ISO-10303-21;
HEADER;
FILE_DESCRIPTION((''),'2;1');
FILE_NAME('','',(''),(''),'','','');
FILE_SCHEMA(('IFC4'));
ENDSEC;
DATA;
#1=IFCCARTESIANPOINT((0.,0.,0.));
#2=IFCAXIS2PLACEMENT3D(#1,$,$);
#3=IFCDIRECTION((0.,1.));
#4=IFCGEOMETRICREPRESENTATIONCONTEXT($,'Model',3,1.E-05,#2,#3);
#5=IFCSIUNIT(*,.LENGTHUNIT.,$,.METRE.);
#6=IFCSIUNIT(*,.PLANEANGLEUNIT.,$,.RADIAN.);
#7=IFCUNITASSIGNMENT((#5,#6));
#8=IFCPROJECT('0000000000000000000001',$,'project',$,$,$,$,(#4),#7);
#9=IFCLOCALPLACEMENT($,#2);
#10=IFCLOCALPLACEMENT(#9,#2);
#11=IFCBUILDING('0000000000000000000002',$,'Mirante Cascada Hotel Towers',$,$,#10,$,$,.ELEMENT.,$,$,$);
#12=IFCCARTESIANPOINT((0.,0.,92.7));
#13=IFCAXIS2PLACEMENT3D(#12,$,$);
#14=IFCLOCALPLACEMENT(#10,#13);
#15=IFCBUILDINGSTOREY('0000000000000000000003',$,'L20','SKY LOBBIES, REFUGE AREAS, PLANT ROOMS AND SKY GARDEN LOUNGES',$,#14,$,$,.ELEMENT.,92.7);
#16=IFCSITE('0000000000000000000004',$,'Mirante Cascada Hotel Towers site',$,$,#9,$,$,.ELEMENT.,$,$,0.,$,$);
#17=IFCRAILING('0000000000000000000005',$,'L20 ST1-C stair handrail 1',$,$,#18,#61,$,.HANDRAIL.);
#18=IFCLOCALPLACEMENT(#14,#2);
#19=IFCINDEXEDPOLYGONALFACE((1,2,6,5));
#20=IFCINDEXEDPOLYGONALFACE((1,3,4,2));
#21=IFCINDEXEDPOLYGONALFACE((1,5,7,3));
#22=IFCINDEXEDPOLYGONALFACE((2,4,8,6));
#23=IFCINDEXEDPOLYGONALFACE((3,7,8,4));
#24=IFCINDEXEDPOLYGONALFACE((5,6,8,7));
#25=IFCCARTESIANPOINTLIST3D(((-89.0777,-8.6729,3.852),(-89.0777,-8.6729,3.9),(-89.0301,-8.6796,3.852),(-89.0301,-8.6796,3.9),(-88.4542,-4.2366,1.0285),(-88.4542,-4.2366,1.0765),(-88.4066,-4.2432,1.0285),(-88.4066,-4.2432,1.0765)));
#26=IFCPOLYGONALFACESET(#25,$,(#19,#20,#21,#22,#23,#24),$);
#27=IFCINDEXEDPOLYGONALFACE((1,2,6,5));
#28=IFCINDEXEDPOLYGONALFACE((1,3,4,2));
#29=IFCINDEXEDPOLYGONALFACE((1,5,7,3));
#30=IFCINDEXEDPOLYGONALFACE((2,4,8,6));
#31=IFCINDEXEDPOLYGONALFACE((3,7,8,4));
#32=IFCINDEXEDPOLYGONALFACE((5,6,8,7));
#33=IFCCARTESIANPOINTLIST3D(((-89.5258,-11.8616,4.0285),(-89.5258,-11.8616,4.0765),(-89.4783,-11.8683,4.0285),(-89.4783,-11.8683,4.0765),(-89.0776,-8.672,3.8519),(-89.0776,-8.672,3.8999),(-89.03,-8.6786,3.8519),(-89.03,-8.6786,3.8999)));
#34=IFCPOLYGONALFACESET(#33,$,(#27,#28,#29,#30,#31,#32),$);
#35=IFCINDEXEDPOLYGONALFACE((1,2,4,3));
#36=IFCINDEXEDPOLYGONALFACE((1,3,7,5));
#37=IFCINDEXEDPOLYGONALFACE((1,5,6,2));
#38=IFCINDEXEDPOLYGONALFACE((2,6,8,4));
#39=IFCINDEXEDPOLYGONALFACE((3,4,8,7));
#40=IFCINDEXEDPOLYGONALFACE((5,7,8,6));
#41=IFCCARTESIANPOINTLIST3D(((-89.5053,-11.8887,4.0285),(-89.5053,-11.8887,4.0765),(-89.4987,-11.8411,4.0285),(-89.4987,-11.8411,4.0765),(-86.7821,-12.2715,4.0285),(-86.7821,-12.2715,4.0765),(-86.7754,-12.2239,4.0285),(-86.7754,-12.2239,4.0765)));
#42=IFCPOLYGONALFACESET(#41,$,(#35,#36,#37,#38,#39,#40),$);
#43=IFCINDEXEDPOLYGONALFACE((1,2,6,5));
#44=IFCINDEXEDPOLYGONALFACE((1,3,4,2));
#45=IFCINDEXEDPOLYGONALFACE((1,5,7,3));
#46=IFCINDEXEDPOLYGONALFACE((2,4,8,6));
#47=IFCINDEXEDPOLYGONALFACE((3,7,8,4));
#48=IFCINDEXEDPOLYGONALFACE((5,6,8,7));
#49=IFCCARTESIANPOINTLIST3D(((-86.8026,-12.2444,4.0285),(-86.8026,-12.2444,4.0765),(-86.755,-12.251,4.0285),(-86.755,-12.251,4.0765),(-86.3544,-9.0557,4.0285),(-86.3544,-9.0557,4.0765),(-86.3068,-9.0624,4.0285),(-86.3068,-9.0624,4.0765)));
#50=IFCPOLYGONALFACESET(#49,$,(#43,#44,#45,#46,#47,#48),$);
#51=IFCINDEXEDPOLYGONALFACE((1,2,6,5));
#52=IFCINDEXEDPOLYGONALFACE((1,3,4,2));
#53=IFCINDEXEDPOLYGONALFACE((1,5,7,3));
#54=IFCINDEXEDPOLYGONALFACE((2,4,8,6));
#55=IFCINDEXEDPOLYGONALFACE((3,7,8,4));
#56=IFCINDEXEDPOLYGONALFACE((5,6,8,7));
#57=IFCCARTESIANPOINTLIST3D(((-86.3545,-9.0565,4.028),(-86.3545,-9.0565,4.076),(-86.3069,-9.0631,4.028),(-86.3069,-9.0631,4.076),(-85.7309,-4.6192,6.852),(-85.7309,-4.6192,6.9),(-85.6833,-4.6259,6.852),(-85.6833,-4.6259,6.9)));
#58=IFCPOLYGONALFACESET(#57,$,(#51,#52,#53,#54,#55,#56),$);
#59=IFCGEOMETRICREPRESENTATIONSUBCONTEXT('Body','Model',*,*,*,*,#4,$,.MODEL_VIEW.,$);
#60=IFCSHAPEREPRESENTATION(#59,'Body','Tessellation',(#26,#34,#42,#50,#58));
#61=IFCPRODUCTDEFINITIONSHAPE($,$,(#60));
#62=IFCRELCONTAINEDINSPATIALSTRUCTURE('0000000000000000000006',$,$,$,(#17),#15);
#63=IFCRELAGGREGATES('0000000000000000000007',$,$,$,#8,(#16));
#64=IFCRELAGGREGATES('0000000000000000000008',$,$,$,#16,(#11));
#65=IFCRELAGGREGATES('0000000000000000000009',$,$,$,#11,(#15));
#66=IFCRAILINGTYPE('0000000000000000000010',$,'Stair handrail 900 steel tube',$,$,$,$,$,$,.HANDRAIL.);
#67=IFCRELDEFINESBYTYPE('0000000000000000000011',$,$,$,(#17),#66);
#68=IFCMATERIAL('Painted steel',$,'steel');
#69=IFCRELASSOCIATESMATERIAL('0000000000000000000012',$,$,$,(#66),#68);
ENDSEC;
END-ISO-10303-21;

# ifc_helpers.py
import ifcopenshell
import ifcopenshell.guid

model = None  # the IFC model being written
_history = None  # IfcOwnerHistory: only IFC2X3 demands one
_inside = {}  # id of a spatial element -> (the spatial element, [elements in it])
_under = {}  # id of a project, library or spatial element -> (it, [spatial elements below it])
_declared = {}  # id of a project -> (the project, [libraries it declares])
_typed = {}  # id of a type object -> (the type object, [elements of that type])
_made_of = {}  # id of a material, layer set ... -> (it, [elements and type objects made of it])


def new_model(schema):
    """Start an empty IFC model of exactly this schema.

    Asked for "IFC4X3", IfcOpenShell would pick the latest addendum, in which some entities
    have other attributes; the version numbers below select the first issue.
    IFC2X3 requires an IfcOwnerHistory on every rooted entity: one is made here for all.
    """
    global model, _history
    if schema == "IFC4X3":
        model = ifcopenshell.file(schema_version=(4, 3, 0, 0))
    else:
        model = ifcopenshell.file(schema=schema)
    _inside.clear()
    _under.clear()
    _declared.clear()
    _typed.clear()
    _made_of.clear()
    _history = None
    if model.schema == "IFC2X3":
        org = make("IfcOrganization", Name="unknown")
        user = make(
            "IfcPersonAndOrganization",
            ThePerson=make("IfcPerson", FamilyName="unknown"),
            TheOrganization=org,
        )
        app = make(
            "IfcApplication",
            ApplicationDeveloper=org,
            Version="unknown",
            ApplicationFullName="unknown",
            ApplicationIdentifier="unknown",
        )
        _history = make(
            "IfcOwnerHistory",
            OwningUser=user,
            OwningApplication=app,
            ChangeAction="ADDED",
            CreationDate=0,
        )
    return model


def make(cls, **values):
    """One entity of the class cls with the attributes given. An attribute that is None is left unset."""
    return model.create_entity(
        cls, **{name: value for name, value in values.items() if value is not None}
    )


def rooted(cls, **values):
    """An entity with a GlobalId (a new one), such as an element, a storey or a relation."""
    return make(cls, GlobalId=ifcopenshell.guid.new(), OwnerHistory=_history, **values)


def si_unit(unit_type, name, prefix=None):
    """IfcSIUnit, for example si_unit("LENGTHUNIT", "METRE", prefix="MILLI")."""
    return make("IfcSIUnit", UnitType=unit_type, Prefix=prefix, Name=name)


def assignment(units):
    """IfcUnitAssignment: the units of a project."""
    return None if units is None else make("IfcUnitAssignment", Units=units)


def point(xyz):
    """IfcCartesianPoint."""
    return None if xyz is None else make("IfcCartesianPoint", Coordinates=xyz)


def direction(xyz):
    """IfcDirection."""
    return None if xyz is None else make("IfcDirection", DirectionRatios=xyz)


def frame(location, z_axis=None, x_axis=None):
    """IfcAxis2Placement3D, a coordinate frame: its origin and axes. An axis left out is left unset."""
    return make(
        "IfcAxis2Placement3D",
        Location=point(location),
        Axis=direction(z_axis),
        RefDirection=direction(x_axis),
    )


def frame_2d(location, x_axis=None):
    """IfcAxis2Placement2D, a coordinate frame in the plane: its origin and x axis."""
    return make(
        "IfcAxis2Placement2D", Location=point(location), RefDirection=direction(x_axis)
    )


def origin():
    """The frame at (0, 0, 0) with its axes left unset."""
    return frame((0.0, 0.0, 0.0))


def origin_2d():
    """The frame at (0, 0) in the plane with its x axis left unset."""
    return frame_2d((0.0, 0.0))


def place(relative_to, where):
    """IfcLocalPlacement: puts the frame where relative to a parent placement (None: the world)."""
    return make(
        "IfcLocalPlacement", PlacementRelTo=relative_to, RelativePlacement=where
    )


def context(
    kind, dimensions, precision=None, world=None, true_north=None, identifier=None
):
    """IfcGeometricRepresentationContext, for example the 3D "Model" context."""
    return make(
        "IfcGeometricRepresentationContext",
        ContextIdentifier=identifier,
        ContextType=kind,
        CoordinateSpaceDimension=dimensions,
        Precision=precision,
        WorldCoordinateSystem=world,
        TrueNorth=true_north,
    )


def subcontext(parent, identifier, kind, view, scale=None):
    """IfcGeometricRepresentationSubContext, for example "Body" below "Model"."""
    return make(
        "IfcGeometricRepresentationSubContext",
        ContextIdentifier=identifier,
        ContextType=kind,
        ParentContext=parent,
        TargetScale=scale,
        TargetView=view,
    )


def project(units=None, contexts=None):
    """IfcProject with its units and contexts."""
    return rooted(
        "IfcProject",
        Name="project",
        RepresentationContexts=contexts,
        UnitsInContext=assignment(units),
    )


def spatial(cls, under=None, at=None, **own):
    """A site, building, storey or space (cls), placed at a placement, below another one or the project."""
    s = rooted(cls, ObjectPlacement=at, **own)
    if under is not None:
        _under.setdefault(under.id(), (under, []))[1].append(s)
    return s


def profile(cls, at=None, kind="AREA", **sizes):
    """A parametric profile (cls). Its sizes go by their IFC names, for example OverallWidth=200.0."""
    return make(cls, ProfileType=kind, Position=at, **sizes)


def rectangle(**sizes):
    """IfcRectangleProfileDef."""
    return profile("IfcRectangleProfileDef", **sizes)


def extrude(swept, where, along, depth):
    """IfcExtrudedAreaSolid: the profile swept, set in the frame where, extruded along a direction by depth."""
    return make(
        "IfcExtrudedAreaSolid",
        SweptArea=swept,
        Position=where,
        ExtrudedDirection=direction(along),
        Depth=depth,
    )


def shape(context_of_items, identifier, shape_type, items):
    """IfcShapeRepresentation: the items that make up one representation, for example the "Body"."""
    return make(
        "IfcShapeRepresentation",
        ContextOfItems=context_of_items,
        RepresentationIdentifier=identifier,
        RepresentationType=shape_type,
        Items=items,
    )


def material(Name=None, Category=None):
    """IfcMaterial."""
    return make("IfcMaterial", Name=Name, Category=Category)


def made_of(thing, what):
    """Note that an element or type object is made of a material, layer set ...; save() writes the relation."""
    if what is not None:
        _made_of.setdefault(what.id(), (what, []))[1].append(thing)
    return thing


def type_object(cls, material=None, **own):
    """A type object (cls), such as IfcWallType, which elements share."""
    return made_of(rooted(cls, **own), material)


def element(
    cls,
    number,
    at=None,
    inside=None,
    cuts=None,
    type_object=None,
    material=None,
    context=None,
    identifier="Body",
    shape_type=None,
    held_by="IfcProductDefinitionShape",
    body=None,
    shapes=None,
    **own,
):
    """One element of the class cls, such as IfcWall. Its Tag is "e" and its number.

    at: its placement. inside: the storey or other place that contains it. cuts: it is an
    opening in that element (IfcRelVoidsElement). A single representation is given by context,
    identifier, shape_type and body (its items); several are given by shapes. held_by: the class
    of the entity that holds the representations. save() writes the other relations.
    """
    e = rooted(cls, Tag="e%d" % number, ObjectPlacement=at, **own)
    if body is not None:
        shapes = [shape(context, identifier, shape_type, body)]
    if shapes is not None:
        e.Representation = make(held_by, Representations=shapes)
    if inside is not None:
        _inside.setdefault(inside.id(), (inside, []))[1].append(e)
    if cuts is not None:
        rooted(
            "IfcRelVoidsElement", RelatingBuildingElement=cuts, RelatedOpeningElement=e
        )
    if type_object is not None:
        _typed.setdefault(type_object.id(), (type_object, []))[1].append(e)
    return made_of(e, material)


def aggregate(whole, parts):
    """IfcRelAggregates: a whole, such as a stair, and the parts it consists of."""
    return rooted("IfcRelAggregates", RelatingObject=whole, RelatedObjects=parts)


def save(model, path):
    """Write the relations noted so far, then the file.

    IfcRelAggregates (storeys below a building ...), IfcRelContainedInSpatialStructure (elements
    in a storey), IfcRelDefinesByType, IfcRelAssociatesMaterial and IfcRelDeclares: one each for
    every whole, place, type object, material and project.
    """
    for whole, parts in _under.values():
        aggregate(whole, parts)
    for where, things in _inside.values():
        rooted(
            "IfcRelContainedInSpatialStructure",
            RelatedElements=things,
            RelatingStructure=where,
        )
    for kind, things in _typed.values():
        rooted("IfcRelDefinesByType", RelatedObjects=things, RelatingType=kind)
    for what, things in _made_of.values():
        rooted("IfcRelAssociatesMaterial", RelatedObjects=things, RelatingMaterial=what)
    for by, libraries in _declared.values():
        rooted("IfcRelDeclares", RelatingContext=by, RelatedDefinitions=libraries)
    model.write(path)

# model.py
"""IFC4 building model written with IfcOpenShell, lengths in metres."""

from ifc_helpers import new_model, si_unit, direction, frame, origin, origin_2d, place, context, subcontext, project, spatial, rectangle, extrude, material, type_object, element, save


model = new_model("IFC4")

# Units and contexts
model_context = context("Model", 3, precision=1e-05, world=origin(), true_north=direction((0.0, 1.0)))
body_context = subcontext(model_context, "Body", "Model", "MODEL_VIEW")
ifc_project = project(units=[si_unit("LENGTHUNIT", "METRE"), si_unit("PLANEANGLEUNIT", "RADIAN")], contexts=[model_context])

# Site, building, storey
site_placement = place(None, origin())
site = spatial("IfcSite", under=ifc_project, at=site_placement, Name="Mirante Cascada Hotel Towers site", CompositionType="ELEMENT", RefElevation=0.0)
building_placement = place(site_placement, origin())
building = spatial("IfcBuilding", under=site, at=building_placement, Name="Mirante Cascada Hotel Towers", CompositionType="ELEMENT")
storey_placement = place(building_placement, frame((0.0, 0.0, 92.7)))
storey = spatial("IfcBuildingStorey", under=building, at=storey_placement, Name="L20", Description="SKY LOBBIES, REFUGE AREAS, PLANT ROOMS AND SKY GARDEN LOUNGES", CompositionType="ELEMENT", Elevation=92.7)

# Railing
ifc_material_1 = material(Name="Painted steel", Category="steel")
railing_type_1 = type_object("IfcRailingType", Name="Stair handrail 900 steel tube", PredefinedType="HANDRAIL", material=ifc_material_1)
railing_1_placement = place(storey_placement, frame((-88.4304, -4.2399, 0.1765)))
element("IfcRailing", 1, at=railing_1_placement, inside=storey, type_object=railing_type_1, Name="L20 ST1-C stair handrail 1", PredefinedType="HANDRAIL", context=body_context, shape_type="SweptSolid", body=[
    extrude(rectangle(XDim=0.048, YDim=0.048, at=origin_2d()), frame((0.0, 0.0, 0.876), z_axis=(-0.139174, -0.990268, 0.0), x_axis=(0.990268, -0.139174, 0.0)), (0.0, 0.533186, 0.845998), 5.2955),
    extrude(rectangle(XDim=0.048, YDim=0.048, at=origin_2d()), frame((-0.6234, -4.4354, 3.6994), z_axis=(-0.139164, -0.990269, 0.0), x_axis=(0.990269, -0.139164, 0.0)), (0.0, 0.054733, 0.998501), 3.2258),
    extrude(rectangle(XDim=0.048, YDim=0.048, at=origin_2d()), frame((-1.0716, -7.625, 3.876), z_axis=(0.990264, -0.139201, 0.0), x_axis=(0.139201, 0.990264, 0.0)), (0.0, 0.0, 1.0), 2.75),
    extrude(rectangle(XDim=0.048, YDim=0.048, at=origin_2d()), frame((1.6516, -8.0078, 3.876), z_axis=(0.139191, 0.990266, 0.0), x_axis=(-0.990266, 0.139191, 0.0)), (0.0, 0.0, 1.0), 3.22),
    extrude(rectangle(XDim=0.048, YDim=0.048, at=origin_2d()), frame((2.0997, -4.8199, 3.8755), z_axis=(0.139174, 0.990268, 0.0), x_axis=(-0.990268, 0.139174, 0.0)), (0.0, 0.533186, 0.845998), 5.2965),
])

save(model, "model.ifc")
